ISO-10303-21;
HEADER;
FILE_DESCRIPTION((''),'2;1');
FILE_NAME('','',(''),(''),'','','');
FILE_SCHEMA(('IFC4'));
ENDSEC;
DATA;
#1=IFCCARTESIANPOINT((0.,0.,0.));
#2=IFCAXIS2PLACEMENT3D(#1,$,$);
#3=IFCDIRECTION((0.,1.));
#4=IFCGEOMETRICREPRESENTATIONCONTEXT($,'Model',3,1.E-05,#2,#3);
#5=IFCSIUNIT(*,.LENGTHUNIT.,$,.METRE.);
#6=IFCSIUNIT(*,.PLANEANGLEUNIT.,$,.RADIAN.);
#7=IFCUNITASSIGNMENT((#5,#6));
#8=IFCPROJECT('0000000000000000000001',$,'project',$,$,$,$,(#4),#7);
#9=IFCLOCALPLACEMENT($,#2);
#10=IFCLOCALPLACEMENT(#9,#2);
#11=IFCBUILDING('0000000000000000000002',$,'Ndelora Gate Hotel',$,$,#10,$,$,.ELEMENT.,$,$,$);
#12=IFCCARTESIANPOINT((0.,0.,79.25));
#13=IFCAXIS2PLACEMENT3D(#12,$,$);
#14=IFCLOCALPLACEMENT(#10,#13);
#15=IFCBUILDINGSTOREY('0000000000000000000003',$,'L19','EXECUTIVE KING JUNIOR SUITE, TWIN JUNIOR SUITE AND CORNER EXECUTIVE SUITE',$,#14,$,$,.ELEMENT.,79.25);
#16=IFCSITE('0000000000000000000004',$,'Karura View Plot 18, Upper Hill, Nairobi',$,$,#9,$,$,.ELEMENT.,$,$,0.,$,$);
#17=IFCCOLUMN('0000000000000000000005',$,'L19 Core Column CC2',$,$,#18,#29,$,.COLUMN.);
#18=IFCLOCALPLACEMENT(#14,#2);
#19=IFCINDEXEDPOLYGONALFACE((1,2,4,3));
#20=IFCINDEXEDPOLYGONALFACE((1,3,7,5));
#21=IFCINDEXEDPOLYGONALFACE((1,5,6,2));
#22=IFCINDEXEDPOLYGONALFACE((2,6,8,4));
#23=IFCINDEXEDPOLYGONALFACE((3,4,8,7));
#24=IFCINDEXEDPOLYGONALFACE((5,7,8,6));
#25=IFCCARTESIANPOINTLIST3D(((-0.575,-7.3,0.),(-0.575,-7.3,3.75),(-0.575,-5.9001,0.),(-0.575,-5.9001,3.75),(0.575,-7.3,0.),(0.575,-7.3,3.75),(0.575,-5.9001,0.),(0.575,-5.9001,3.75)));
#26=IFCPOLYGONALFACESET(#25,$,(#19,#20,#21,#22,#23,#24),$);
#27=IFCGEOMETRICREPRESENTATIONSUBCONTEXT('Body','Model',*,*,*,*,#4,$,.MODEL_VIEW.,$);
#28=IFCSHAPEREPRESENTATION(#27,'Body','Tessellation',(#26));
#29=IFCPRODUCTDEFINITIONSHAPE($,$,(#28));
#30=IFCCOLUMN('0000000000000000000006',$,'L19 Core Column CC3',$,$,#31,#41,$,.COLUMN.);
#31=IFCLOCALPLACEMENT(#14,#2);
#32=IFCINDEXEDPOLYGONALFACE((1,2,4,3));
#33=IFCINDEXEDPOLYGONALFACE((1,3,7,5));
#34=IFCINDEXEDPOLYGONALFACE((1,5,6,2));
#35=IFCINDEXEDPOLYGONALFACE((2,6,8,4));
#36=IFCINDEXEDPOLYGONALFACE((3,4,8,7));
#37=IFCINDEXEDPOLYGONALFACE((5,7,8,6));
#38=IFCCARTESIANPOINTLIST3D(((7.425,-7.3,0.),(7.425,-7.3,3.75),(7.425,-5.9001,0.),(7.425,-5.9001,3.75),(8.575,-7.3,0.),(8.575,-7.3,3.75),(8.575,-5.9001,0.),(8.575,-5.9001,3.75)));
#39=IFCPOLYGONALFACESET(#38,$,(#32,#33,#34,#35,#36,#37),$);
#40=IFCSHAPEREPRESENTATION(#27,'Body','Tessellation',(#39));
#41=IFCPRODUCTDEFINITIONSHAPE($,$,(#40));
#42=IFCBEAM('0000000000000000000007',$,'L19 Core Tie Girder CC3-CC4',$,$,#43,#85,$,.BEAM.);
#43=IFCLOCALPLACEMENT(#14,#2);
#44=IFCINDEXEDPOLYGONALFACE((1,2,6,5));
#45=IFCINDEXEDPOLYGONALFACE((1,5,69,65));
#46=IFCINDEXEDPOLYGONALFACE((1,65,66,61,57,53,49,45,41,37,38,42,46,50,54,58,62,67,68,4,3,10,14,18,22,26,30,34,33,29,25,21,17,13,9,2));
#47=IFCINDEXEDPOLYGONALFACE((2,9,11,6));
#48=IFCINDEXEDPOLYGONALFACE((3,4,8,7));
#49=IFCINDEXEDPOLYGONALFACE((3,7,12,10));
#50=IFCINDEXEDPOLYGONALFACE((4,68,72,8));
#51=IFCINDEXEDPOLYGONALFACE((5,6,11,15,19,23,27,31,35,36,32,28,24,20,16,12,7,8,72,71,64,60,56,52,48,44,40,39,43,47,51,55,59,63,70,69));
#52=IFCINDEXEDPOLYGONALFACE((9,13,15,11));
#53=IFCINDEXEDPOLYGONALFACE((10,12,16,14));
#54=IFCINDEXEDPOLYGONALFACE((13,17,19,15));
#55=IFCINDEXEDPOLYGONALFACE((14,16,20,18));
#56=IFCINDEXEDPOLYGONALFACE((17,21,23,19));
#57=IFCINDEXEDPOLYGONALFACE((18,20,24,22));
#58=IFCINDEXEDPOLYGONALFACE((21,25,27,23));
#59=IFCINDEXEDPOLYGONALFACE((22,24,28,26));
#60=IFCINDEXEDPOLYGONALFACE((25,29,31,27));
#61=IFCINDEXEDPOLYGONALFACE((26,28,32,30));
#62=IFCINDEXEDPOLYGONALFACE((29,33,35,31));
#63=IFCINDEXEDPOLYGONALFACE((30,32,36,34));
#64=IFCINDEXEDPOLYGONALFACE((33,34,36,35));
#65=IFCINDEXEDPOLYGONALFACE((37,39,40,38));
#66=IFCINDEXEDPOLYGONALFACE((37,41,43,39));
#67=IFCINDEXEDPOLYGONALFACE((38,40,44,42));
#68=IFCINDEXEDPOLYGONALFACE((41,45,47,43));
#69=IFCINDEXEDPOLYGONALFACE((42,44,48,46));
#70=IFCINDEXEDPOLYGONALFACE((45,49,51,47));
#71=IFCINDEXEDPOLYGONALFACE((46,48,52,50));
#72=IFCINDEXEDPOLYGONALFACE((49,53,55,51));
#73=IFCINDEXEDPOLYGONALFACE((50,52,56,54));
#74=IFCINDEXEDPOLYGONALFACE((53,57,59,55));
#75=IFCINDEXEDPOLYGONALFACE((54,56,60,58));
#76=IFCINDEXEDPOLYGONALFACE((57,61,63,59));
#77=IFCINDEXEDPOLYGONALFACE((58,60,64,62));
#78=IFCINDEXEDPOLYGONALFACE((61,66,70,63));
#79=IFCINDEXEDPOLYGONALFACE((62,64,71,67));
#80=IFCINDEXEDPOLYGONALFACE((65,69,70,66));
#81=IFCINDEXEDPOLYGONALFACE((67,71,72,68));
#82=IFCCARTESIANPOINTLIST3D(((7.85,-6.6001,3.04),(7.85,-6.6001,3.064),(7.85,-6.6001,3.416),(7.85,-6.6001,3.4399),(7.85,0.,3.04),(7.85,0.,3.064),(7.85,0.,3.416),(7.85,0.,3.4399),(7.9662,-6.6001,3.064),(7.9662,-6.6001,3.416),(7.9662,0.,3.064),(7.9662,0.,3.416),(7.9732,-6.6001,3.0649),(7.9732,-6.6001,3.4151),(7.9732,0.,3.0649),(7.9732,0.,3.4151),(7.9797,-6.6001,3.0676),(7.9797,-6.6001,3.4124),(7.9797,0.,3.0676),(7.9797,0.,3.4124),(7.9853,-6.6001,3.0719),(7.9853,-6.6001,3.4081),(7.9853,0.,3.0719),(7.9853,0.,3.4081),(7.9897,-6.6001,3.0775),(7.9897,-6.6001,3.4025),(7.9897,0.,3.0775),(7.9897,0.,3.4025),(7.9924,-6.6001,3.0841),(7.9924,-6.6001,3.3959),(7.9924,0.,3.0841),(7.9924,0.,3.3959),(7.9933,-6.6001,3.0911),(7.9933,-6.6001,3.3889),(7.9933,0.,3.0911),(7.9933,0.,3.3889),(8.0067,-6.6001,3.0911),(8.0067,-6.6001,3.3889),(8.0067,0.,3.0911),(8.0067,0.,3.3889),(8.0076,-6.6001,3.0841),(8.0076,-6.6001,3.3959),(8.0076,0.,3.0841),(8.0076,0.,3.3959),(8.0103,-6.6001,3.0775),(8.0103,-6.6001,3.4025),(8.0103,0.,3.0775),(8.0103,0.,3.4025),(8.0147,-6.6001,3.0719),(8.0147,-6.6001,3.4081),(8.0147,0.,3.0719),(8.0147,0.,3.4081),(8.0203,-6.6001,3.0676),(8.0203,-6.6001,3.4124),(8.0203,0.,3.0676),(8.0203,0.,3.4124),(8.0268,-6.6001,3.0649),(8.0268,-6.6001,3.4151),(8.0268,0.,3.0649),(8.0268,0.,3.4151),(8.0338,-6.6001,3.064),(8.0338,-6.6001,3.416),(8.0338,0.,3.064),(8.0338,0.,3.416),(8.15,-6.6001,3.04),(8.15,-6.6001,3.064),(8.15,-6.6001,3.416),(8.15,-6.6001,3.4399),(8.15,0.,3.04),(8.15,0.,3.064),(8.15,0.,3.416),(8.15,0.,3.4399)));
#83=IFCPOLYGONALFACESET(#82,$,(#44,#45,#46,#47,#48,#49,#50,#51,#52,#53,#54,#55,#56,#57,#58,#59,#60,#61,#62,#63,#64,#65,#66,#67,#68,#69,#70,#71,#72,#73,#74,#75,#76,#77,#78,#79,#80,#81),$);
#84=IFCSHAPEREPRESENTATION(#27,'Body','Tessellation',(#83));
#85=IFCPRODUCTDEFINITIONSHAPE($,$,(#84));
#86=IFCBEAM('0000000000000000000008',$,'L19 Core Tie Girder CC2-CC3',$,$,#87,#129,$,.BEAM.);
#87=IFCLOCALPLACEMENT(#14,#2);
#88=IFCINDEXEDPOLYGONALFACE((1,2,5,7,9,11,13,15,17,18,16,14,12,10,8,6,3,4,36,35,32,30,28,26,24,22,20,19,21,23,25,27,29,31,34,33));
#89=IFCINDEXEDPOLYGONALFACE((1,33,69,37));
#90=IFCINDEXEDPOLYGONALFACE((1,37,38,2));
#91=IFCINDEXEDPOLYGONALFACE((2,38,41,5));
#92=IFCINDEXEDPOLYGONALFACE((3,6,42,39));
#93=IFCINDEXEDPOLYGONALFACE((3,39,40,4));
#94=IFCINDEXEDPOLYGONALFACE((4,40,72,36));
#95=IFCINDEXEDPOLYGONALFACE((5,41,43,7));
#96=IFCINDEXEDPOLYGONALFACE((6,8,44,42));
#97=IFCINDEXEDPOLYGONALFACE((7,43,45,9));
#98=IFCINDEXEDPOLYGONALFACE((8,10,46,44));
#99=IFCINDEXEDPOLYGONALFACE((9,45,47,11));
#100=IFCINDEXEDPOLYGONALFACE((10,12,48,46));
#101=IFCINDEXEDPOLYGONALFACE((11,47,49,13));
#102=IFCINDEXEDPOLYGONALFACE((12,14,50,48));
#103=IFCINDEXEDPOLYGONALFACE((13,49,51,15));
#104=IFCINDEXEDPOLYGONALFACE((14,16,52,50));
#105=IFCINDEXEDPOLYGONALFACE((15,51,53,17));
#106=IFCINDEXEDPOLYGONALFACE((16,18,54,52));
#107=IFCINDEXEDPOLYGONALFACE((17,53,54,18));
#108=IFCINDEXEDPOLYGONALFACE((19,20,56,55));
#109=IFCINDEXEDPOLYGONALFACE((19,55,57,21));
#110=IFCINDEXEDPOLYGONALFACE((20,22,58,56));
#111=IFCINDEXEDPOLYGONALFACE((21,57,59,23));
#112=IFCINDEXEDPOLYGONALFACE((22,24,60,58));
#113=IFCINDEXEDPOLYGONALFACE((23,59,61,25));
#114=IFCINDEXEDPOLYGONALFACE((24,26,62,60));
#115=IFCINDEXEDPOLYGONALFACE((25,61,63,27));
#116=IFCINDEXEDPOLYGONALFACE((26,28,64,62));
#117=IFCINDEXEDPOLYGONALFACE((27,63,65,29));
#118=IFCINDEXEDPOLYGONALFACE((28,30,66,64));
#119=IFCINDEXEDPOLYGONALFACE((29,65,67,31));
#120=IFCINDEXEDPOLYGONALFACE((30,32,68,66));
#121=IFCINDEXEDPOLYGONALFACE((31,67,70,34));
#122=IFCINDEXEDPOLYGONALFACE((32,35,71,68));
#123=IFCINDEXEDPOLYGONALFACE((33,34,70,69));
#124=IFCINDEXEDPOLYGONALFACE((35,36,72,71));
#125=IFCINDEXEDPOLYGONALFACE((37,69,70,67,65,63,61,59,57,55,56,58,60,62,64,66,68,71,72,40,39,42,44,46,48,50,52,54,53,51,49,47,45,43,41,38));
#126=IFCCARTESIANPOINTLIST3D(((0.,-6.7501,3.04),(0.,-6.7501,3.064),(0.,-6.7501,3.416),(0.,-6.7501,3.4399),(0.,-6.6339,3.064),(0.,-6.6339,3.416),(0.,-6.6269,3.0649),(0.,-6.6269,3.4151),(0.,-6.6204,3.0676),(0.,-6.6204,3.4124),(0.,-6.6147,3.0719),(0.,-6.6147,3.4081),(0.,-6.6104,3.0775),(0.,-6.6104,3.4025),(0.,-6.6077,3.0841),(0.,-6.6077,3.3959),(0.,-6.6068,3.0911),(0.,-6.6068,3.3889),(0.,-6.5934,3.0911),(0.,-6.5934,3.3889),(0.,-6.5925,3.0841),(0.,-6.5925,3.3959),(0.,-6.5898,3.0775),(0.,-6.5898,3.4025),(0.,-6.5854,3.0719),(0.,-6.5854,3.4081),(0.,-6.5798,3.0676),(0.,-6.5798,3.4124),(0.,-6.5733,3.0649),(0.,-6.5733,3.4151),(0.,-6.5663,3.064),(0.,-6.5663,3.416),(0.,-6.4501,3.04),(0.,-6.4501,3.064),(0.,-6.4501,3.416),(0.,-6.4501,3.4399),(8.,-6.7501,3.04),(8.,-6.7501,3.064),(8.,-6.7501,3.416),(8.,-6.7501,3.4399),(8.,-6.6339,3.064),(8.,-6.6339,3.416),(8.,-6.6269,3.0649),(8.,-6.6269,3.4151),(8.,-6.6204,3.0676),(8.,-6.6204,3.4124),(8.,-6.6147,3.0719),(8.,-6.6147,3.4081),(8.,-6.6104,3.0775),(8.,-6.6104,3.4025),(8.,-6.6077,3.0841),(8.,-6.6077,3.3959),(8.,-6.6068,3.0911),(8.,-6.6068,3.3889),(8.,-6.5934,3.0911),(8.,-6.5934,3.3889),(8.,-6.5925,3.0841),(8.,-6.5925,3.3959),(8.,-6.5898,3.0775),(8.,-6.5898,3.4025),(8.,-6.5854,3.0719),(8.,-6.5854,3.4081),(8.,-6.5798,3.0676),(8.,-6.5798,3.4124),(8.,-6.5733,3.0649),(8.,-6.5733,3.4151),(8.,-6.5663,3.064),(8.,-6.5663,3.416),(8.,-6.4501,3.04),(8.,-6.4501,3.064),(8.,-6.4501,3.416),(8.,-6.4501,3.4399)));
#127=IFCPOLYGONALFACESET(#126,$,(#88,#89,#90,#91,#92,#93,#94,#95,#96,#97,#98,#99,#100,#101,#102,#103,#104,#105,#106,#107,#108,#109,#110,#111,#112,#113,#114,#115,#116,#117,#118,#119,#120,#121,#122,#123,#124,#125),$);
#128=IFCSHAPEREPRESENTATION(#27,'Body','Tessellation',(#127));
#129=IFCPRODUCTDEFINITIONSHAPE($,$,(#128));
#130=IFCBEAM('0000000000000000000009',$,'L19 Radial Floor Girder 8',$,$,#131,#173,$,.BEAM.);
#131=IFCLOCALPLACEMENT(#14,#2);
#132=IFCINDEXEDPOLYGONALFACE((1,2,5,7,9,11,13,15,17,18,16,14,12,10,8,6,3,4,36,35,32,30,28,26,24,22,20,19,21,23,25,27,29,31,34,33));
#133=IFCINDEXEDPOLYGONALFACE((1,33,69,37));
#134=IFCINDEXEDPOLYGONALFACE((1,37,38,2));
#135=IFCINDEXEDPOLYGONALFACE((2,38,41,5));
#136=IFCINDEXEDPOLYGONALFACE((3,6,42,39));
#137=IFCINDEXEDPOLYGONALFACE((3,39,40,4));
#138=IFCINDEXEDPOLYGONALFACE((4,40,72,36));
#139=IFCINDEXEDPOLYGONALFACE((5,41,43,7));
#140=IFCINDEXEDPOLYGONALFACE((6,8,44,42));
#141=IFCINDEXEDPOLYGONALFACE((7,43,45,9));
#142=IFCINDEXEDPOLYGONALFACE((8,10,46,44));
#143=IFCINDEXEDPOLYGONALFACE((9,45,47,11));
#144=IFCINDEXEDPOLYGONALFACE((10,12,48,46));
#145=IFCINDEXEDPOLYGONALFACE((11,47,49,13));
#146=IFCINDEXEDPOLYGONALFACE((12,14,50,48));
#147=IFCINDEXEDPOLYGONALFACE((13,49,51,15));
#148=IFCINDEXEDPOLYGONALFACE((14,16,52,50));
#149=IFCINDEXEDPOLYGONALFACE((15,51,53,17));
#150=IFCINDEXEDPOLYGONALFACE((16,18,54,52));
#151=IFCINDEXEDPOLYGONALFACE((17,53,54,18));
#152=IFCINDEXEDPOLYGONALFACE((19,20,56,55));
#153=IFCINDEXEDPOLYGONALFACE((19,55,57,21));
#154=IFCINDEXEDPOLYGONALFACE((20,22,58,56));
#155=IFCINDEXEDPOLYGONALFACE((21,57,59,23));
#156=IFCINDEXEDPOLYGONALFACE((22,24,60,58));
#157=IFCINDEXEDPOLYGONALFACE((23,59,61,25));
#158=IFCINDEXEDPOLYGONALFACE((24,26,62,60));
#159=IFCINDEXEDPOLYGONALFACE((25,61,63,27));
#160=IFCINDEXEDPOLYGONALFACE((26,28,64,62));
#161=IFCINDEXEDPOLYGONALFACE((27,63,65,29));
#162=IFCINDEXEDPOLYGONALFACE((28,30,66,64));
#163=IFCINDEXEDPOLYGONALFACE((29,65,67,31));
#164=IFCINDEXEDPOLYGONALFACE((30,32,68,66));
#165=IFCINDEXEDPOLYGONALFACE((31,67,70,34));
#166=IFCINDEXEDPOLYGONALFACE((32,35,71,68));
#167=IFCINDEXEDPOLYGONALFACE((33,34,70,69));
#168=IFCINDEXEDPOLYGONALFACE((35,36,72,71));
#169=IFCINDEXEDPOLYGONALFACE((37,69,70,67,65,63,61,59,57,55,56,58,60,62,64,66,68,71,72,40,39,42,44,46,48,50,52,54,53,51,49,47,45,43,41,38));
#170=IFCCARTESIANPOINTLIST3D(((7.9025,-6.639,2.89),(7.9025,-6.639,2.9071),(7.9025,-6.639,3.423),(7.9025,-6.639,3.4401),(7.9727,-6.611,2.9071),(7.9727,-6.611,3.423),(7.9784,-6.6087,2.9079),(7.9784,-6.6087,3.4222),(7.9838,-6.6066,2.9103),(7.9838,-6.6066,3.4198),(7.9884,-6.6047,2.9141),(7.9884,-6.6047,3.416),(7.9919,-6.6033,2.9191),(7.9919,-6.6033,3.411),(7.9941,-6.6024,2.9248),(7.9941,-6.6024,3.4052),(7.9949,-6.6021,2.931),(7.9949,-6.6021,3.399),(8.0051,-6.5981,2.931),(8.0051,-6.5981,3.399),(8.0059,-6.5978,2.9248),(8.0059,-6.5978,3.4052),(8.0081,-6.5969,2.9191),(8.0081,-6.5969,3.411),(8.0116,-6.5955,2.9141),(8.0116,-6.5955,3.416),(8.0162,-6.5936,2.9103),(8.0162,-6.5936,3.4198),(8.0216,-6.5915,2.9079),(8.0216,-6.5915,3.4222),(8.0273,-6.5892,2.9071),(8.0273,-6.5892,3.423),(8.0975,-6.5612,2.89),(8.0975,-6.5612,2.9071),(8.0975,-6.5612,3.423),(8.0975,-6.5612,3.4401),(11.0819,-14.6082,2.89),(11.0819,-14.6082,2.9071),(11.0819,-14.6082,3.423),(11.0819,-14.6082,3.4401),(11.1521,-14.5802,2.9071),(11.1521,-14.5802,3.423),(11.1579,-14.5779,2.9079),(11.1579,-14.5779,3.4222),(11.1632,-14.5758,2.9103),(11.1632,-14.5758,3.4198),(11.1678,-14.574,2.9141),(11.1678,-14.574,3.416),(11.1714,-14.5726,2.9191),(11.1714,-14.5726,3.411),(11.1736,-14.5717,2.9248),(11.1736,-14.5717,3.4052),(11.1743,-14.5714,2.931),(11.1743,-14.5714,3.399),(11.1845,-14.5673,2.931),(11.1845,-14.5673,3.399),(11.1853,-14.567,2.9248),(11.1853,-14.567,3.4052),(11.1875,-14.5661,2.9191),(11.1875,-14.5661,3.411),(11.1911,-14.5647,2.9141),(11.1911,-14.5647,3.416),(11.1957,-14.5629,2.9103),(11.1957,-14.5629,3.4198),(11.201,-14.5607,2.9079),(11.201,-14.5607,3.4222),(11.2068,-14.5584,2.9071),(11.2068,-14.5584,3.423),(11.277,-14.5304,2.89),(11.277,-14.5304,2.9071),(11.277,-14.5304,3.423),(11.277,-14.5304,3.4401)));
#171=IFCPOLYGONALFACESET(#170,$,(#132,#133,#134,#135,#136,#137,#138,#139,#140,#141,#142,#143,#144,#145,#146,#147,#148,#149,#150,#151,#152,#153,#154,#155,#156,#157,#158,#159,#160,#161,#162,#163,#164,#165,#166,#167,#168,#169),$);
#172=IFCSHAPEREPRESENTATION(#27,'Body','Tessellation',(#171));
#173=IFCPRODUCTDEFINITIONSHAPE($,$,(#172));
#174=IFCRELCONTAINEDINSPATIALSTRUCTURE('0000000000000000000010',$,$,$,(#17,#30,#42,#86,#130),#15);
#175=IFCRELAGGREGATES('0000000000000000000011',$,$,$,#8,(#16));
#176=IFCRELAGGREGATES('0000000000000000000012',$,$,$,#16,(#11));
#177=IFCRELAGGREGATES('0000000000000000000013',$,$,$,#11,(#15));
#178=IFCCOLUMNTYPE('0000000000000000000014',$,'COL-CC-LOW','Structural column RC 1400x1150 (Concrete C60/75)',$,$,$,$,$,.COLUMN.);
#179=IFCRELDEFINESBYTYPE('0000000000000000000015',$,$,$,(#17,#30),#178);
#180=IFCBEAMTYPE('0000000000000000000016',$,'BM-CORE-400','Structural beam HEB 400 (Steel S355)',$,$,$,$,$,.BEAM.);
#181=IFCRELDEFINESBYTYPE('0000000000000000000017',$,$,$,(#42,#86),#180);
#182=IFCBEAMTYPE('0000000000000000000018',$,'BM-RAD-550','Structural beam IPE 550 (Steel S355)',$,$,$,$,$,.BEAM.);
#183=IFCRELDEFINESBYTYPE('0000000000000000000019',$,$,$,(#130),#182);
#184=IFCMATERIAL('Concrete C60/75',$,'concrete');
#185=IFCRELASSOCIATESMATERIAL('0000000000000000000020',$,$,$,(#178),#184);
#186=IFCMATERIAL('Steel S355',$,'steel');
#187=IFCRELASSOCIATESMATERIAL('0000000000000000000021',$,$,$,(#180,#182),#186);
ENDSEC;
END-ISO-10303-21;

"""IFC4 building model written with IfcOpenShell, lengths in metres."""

from ifc_helpers import new_model, si_unit, direction, frame, origin, origin_2d, place, context, subcontext, project, spatial, rectangle, i_section, extrude, material, material_profile, profile_set, type_object, element, save


model = new_model("IFC4")

# Units and contexts
model_context = context("Model", 3, precision=1e-05, world=origin(), true_north=direction((0.0, 1.0)))
body_context = subcontext(model_context, "Body", "Model", "MODEL_VIEW")
ifc_project = project(units=[si_unit("LENGTHUNIT", "METRE"), si_unit("PLANEANGLEUNIT", "RADIAN")], contexts=[model_context])

# Site, building, storey
site_placement = place(None, origin())
site = spatial("IfcSite", under=ifc_project, at=site_placement, Name="Karura View Plot 18, Upper Hill, Nairobi", CompositionType="ELEMENT", RefElevation=0.0)
building_placement = place(site_placement, origin())
building = spatial("IfcBuilding", under=site, at=building_placement, Name="Ndelora Gate Hotel", CompositionType="ELEMENT")
storey_placement = place(building_placement, frame((0.0, 0.0, 79.25)))
storey = spatial("IfcBuildingStorey", under=building, at=storey_placement, Name="L19", Description="EXECUTIVE KING JUNIOR SUITE, TWIN JUNIOR SUITE AND CORNER EXECUTIVE SUITE", CompositionType="ELEMENT", Elevation=79.25)

# Columns
ifc_material_1 = material(Name="Concrete C60/75", Category="concrete")
ifc_material_profile_1 = material_profile(ifc_material_1, rectangle(XDim=1.1499, YDim=1.3999, at=origin_2d()), Name="RC 1400x1150")
ifc_profile_set_1 = profile_set([ifc_material_profile_1], Name="Concrete C60/75")
column_type = type_object("IfcColumnType", Name="COL-CC-LOW", Description="Structural column RC 1400x1150 (Concrete C60/75)", PredefinedType="COLUMN", material=ifc_profile_set_1)
for number, where, z_axis, x_axis, name in (
    (1, (0.0, -6.6001, 0.0), (0.0, 0.0, 1.0), (1.0, 0.0, 0.0), "L19 Core Column CC2"),
    (2, (8.0, -6.6001, 0.0), (0.0, 0.0, 1.0), (1.0, 0.0, 0.0), "L19 Core Column CC3"),
):
    element("IfcColumn", number, at=place(storey_placement, frame(where, z_axis=z_axis, x_axis=x_axis)), inside=storey, type_object=column_type, Name=name, PredefinedType="COLUMN", context=body_context, shape_type="SweptSolid", body=[
        extrude(rectangle(XDim=1.1499, YDim=1.3999, at=origin_2d()), origin(), (0.0, 0.0, 1.0), 3.75),
    ])

# Beams
ifc_material_2 = material(Name="Steel S355", Category="steel")
ifc_material_profile_2 = material_profile(ifc_material_2, i_section(OverallWidth=0.3, OverallDepth=0.3999, WebThickness=0.0134, FlangeThickness=0.0239, FilletRadius=0.0271, at=origin_2d()), Name="HEB 400")
ifc_profile_set_2 = profile_set([ifc_material_profile_2], Name="Steel S355")
beam_type_1 = type_object("IfcBeamType", Name="BM-CORE-400", Description="Structural beam HEB 400 (Steel S355)", PredefinedType="BEAM", material=ifc_profile_set_2)
beam_1_placement = place(storey_placement, frame((8.0, -6.6001, 3.24), z_axis=(0.0, 1.0, 0.0), x_axis=(-1.0, 0.0, 0.0)))
element("IfcBeam", 3, at=beam_1_placement, inside=storey, type_object=beam_type_1, Name="L19 Core Tie Girder CC3-CC4", PredefinedType="BEAM", context=body_context, shape_type="SweptSolid", body=[
    extrude(i_section(OverallWidth=0.3, OverallDepth=0.3999, WebThickness=0.0134, FlangeThickness=0.0239, FilletRadius=0.0271, at=origin_2d()), origin(), (0.0, 0.0, 1.0), 6.6001),
])
beam_2_placement = place(storey_placement, frame((0.0, -6.6001, 3.24), z_axis=(1.0, 0.0, 0.0), x_axis=(0.0, 1.0, 0.0)))
element("IfcBeam", 4, at=beam_2_placement, inside=storey, type_object=beam_type_1, Name="L19 Core Tie Girder CC2-CC3", PredefinedType="BEAM", context=body_context, shape_type="SweptSolid", body=[
    extrude(i_section(OverallWidth=0.3, OverallDepth=0.3999, WebThickness=0.0134, FlangeThickness=0.0239, FilletRadius=0.0271, at=origin_2d()), origin(), (0.0, 0.0, 1.0), 8.0),
])
ifc_material_profile_3 = material_profile(ifc_material_2, i_section(OverallWidth=0.21, OverallDepth=0.55, WebThickness=0.011, FlangeThickness=0.0171, FilletRadius=0.0239, at=origin_2d()), Name="IPE 550")
ifc_profile_set_3 = profile_set([ifc_material_profile_3], Name="Steel S355")
beam_type_2 = type_object("IfcBeamType", Name="BM-RAD-550", Description="Structural beam IPE 550 (Steel S355)", PredefinedType="BEAM", material=ifc_profile_set_3)
beam_3_placement = place(storey_placement, frame((8.0, -6.6001, 3.165), z_axis=(0.370561, -0.928808, 0.0), x_axis=(0.928808, 0.370561, 0.0)))
element("IfcBeam", 5, at=beam_3_placement, inside=storey, type_object=beam_type_2, Name="L19 Radial Floor Girder 8", PredefinedType="BEAM", context=body_context, shape_type="SweptSolid", body=[
    extrude(i_section(OverallWidth=0.21, OverallDepth=0.55, WebThickness=0.011, FlangeThickness=0.0171, FilletRadius=0.0239, at=origin_2d()), origin(), (0.0, 0.0, 1.0), 8.5801),
])

save(model, "model.ifc")
